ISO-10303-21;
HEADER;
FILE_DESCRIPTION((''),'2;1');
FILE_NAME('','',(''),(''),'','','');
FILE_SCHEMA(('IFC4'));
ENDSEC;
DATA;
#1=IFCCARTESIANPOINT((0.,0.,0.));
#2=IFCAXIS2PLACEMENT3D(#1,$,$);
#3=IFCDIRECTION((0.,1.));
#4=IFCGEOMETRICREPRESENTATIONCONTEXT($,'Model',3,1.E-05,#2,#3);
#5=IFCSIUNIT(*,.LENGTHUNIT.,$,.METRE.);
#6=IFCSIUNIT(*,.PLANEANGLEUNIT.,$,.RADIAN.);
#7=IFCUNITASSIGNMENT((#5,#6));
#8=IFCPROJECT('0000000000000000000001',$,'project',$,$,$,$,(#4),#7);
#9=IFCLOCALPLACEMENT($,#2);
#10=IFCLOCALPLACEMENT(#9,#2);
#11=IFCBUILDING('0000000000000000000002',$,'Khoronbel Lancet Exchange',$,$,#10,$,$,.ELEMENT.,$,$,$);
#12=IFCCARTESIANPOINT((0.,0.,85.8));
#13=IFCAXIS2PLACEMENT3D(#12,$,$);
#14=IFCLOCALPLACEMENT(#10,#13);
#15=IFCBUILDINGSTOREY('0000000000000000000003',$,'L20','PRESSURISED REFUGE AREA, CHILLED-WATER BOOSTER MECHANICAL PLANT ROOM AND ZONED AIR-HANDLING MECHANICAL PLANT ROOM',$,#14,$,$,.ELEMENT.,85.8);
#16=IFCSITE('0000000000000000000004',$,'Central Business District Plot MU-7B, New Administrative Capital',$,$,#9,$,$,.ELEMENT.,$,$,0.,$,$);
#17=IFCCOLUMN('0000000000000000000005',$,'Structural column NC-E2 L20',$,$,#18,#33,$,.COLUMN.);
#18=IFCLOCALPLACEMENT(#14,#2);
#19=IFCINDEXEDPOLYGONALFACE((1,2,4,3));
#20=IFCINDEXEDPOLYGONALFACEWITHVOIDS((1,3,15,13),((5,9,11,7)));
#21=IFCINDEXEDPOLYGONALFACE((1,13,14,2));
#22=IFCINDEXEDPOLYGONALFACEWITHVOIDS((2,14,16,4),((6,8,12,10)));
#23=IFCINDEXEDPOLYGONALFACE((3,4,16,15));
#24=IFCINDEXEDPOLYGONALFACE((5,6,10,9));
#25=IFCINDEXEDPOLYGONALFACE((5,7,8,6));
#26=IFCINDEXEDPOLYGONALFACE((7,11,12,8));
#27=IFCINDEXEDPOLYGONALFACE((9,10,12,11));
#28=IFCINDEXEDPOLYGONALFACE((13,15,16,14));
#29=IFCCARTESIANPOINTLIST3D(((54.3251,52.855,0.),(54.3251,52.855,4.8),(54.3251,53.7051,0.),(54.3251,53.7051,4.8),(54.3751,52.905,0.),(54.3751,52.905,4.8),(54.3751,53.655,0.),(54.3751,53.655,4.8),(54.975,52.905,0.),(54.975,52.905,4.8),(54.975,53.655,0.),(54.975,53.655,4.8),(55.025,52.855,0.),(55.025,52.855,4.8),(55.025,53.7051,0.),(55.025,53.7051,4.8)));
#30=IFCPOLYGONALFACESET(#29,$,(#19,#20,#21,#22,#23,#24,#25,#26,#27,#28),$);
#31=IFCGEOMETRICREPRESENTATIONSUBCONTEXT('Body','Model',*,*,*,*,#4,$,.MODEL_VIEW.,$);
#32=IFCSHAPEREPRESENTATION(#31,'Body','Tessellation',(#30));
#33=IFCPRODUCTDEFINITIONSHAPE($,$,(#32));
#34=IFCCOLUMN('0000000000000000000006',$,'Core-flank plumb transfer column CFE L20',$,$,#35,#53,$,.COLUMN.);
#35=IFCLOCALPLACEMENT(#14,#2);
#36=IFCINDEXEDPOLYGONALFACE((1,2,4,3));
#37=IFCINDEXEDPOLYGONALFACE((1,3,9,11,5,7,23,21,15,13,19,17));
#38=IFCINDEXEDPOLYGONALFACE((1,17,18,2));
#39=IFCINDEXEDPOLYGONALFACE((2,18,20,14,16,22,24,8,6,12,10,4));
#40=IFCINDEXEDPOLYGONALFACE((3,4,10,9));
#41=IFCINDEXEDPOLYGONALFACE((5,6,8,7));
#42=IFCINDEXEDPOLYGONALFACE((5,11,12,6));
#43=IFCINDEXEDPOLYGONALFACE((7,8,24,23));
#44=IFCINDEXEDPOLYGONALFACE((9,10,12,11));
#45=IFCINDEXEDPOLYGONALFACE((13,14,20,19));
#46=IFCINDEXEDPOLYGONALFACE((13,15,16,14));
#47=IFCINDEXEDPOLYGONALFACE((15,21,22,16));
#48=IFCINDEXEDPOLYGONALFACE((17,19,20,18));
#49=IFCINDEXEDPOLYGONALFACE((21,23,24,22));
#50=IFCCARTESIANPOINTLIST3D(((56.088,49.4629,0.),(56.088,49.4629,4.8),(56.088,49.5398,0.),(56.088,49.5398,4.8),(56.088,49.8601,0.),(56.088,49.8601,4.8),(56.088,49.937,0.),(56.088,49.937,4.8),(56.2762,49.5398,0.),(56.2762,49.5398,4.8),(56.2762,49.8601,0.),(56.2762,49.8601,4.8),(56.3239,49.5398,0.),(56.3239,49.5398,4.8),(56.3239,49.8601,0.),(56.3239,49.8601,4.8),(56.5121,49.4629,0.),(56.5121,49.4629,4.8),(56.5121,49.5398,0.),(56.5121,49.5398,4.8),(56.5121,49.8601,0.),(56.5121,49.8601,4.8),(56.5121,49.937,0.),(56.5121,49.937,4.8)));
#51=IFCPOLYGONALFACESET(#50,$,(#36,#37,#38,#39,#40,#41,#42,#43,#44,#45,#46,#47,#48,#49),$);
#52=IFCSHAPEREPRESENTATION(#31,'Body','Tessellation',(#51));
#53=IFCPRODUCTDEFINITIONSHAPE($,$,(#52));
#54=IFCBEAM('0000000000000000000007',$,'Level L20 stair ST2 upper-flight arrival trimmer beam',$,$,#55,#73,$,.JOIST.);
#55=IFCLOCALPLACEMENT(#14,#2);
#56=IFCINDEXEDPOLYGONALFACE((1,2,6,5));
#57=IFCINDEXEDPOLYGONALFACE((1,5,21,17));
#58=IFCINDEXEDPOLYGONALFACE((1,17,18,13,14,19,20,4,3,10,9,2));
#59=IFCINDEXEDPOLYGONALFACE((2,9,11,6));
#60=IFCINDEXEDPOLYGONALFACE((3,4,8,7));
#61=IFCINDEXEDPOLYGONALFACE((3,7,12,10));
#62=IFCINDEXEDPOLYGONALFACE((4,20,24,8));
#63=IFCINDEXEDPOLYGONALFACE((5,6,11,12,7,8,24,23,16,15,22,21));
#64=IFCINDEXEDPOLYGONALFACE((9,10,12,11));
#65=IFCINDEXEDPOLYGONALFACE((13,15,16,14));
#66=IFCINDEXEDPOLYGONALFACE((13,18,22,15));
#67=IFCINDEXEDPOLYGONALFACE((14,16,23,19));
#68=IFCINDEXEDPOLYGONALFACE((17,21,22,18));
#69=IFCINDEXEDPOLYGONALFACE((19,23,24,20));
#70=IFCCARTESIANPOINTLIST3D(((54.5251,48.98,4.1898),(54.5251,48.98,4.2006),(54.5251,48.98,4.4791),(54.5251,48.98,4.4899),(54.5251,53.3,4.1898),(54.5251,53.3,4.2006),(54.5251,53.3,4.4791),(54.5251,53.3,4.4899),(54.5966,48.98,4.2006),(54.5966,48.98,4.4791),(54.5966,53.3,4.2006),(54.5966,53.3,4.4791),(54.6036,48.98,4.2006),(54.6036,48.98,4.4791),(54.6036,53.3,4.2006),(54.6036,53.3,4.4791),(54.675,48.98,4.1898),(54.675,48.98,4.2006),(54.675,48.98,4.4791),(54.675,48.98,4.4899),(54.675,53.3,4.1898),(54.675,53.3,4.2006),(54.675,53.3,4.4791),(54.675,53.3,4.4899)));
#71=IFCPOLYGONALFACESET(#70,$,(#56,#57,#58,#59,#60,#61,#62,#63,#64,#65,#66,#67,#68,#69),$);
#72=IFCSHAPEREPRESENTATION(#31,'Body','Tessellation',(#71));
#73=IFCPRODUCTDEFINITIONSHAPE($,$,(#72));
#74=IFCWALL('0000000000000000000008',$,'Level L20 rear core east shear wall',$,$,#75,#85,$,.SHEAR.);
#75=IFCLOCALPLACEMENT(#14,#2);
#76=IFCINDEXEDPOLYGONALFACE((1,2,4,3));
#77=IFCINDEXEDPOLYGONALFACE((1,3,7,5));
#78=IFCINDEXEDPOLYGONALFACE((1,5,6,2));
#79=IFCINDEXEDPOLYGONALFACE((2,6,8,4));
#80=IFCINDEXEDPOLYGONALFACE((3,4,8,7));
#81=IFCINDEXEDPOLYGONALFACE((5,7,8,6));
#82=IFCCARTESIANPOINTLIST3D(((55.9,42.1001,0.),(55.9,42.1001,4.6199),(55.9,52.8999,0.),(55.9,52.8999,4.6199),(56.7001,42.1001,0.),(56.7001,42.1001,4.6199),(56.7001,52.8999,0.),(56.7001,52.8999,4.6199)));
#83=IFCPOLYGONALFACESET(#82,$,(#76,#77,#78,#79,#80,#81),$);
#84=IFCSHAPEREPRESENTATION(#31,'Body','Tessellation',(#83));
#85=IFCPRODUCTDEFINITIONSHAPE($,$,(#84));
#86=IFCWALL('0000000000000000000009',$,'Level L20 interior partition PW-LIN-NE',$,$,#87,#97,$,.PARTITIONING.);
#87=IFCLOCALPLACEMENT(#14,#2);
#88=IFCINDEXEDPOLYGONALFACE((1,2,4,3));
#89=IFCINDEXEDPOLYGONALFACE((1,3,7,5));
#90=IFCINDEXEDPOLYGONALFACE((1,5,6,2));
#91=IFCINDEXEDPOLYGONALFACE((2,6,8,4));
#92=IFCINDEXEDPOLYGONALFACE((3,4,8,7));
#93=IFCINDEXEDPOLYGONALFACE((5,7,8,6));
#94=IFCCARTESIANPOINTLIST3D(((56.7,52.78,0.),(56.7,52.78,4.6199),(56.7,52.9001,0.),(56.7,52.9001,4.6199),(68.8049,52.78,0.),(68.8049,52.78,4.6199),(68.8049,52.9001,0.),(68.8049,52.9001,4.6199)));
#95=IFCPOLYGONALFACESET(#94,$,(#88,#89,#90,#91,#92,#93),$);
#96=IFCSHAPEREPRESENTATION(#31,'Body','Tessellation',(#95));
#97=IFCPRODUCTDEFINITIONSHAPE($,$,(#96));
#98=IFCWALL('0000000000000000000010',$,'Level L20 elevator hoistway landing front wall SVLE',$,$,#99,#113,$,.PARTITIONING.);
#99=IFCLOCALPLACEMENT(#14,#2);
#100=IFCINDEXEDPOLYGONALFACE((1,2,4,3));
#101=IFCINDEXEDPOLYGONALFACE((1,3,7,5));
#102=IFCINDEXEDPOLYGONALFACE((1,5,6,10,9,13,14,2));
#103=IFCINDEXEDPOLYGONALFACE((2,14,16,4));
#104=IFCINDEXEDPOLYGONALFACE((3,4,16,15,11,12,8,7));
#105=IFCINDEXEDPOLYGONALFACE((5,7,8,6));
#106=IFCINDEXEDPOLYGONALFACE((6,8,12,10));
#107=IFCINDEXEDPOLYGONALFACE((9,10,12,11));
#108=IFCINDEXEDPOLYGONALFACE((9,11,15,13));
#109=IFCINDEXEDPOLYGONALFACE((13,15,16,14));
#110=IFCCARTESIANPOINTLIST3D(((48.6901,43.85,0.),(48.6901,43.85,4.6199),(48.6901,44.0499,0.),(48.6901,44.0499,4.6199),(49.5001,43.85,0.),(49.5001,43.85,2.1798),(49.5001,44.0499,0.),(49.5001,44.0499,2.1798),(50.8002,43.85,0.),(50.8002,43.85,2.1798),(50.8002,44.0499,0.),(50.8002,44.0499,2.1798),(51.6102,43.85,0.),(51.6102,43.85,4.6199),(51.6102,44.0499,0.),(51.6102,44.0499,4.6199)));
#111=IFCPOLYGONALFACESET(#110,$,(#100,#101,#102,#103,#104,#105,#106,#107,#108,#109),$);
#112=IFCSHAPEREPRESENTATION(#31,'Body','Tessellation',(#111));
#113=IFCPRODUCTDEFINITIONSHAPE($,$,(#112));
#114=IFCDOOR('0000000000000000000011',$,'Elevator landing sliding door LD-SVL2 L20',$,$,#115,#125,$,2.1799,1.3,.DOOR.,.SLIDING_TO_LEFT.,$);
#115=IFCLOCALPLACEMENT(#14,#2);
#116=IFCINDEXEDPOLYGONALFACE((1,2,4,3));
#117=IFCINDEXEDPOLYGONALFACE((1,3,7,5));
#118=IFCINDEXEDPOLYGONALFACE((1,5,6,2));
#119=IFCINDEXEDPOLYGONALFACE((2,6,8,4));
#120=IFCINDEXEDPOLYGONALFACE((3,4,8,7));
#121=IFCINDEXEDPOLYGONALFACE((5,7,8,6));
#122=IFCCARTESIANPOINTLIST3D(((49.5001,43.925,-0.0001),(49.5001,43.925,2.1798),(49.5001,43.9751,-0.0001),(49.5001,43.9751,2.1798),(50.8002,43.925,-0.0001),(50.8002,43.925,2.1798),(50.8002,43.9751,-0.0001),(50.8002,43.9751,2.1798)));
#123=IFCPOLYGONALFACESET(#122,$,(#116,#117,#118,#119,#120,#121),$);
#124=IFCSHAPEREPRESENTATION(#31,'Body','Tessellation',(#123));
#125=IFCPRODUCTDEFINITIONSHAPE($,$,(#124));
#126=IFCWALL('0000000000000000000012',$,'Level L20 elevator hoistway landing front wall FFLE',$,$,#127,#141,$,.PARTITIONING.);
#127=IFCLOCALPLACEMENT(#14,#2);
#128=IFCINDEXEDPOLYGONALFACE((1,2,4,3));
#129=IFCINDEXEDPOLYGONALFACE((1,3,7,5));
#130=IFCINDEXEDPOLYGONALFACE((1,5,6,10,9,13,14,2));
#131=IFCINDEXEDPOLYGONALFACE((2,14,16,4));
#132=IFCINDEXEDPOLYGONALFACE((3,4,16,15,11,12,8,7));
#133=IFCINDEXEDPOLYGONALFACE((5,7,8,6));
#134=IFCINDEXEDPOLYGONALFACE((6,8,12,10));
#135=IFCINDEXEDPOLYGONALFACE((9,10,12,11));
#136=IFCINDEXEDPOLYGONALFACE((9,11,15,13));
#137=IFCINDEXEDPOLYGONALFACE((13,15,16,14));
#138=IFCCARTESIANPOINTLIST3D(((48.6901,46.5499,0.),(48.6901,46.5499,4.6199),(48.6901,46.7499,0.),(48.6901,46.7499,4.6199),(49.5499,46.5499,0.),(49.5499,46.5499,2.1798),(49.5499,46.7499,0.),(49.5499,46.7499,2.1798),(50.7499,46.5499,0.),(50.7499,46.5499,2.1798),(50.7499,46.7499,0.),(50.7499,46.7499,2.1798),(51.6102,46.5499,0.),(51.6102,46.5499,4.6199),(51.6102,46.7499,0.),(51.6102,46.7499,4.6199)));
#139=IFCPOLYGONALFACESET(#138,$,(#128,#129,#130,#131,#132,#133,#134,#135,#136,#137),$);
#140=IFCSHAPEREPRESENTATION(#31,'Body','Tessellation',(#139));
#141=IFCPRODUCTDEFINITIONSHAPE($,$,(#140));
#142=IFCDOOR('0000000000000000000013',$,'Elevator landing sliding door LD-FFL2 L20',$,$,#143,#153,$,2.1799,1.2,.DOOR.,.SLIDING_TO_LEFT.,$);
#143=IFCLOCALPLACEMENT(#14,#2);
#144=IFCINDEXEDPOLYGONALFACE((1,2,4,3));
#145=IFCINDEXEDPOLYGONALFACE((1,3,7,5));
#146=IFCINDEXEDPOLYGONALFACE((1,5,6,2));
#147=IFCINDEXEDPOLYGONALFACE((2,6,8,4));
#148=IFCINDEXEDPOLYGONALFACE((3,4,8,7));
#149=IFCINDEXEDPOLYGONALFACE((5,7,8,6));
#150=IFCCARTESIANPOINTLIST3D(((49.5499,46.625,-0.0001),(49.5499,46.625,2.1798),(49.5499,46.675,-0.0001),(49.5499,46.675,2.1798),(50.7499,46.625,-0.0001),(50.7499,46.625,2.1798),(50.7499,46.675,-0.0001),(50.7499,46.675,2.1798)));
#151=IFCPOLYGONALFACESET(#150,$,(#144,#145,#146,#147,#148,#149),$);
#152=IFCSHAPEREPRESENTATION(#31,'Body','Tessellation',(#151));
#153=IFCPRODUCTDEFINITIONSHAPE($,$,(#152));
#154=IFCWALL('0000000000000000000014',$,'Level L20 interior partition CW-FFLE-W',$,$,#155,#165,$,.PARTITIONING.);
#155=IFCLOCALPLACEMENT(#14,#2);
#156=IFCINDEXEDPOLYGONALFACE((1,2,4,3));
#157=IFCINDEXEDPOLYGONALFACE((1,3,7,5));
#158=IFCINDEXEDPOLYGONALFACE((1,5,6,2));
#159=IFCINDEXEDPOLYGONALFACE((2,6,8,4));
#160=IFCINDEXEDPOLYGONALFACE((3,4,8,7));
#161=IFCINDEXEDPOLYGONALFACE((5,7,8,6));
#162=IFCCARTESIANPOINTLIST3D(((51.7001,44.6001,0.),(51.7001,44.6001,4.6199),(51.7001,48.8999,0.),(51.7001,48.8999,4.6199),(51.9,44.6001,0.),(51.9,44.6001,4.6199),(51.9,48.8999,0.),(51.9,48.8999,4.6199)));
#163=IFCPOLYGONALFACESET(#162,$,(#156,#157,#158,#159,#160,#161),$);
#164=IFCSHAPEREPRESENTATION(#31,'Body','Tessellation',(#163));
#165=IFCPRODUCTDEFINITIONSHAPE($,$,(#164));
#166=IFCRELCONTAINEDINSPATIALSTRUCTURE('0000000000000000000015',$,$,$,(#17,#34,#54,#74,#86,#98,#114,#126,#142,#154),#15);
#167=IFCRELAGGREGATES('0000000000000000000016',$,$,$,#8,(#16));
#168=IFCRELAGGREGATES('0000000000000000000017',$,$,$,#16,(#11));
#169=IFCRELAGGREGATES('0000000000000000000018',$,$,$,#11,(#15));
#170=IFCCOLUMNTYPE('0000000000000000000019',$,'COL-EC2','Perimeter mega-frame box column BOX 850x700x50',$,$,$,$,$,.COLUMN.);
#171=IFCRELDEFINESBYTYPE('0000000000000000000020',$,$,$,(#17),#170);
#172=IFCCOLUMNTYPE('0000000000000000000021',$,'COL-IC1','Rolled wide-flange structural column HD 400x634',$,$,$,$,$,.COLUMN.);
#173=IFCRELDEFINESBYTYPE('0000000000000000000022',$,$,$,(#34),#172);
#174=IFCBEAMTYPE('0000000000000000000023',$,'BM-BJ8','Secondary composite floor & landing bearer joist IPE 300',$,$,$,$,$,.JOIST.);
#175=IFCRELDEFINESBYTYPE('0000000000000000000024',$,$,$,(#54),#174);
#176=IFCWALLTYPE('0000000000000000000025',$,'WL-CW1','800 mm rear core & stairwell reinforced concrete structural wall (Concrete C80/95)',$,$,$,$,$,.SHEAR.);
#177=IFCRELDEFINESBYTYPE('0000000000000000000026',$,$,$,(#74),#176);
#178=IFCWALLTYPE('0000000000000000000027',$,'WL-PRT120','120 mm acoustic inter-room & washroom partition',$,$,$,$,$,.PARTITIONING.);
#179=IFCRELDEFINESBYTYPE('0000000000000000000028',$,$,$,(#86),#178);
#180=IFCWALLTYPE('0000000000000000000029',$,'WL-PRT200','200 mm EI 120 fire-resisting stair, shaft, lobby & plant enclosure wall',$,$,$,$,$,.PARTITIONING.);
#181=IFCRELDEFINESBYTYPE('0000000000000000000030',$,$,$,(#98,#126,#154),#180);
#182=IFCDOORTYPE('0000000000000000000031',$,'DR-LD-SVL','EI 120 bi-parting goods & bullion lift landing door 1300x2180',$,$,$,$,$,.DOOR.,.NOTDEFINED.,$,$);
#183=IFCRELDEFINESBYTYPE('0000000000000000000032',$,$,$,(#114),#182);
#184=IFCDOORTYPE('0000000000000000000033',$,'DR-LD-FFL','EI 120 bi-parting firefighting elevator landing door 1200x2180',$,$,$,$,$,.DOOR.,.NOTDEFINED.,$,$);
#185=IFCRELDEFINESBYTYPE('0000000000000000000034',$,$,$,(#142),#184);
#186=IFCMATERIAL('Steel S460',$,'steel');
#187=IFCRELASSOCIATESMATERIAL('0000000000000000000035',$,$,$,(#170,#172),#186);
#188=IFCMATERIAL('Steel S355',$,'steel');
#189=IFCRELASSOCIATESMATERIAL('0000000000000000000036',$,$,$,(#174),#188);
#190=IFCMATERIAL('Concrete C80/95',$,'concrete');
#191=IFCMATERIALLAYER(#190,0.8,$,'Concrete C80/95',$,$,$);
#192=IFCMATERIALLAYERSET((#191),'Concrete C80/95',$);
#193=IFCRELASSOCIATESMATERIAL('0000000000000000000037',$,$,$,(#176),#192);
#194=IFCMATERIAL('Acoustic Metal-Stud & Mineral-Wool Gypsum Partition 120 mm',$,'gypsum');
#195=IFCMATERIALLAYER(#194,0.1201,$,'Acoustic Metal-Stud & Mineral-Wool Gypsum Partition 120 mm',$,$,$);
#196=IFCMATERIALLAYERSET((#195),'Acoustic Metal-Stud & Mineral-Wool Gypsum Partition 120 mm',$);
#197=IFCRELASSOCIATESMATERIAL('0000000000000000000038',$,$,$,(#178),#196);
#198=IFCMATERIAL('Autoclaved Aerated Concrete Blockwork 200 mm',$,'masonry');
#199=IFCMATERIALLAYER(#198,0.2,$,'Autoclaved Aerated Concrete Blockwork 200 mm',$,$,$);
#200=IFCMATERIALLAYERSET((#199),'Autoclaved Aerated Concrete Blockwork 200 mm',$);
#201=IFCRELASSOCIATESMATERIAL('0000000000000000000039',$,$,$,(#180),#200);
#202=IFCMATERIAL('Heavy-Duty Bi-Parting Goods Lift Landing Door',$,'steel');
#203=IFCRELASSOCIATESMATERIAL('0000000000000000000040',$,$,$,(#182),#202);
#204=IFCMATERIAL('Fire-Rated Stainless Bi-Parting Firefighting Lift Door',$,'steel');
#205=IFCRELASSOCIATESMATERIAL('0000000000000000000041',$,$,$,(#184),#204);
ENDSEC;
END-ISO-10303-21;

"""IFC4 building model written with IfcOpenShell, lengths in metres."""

from ifc_helpers import new_model, si_unit, direction, frame, frame_2d, origin, origin_2d, place, context, subcontext, project, spatial, rectangle, hollow_rectangle, i_section, extrude, material, layer, layer_set, material_profile, profile_set, type_object, element, fill, save


model = new_model("IFC4")

# Units and contexts
model_context = context("Model", 3, precision=1e-05, world=origin(), true_north=direction((0.0, 1.0)))
body_context = subcontext(model_context, "Body", "Model", "MODEL_VIEW")
ifc_project = project(units=[si_unit("LENGTHUNIT", "METRE"), si_unit("PLANEANGLEUNIT", "RADIAN")], contexts=[model_context])

# Site, building, storey
site_placement = place(None, origin())
site = spatial("IfcSite", under=ifc_project, at=site_placement, Name="Central Business District Plot MU-7B, New Administrative Capital", CompositionType="ELEMENT", RefElevation=0.0)
building_placement = place(site_placement, origin())
building = spatial("IfcBuilding", under=site, at=building_placement, Name="Khoronbel Lancet Exchange", CompositionType="ELEMENT")
storey_placement = place(building_placement, frame((0.0, 0.0, 85.8)))
storey = spatial("IfcBuildingStorey", under=building, at=storey_placement, Name="L20", Description="PRESSURISED REFUGE AREA, CHILLED-WATER BOOSTER MECHANICAL PLANT ROOM AND ZONED AIR-HANDLING MECHANICAL PLANT ROOM", CompositionType="ELEMENT", Elevation=85.8)

# Columns
ifc_material_1 = material(Name="Steel S460", Category="steel")
ifc_material_profile_1 = material_profile(ifc_material_1, hollow_rectangle(XDim=0.7, YDim=0.8501, WallThickness=0.05, at=origin_2d()), Name="BOX 850x700x50")
ifc_profile_set_1 = profile_set([ifc_material_profile_1], Name="Steel S460")
column_type_1 = type_object("IfcColumnType", Name="COL-EC2", Description="Perimeter mega-frame box column BOX 850x700x50", PredefinedType="COLUMN", material=ifc_profile_set_1)
column_1_placement = place(storey_placement, frame((54.675, 53.28, 0.0), z_axis=(0.0, 0.0, 1.0), x_axis=(1.0, 0.0, 0.0)))
element("IfcColumn", 1, at=column_1_placement, inside=storey, type_object=column_type_1, Name="Structural column NC-E2 L20", PredefinedType="COLUMN", context=body_context, shape_type="SweptSolid", body=[
    extrude(hollow_rectangle(XDim=0.7, YDim=0.8501, WallThickness=0.05, at=origin_2d()), origin(), (0.0, 0.0, 1.0), 4.8),
])
ifc_material_profile_2 = material_profile(ifc_material_1, i_section(OverallWidth=0.4241, OverallDepth=0.4741, WebThickness=0.0476, FlangeThickness=0.0769, at=origin_2d()), Name="HD 400x634")
ifc_profile_set_2 = profile_set([ifc_material_profile_2], Name="Steel S460")
column_type_2 = type_object("IfcColumnType", Name="COL-IC1", Description="Rolled wide-flange structural column HD 400x634", PredefinedType="COLUMN", material=ifc_profile_set_2)
column_2_placement = place(storey_placement, frame((56.3, 49.7, 0.0), z_axis=(0.0, 0.0, 1.0), x_axis=(1.0, 0.0, 0.0)))
element("IfcColumn", 2, at=column_2_placement, inside=storey, type_object=column_type_2, Name="Core-flank plumb transfer column CFE L20", PredefinedType="COLUMN", context=body_context, shape_type="SweptSolid", body=[
    extrude(i_section(OverallWidth=0.4241, OverallDepth=0.4741, WebThickness=0.0476, FlangeThickness=0.0769, at=origin_2d()), origin(), (0.0, 0.0, 1.0), 4.8),
])

# Beam
ifc_material_2 = material(Name="Steel S355", Category="steel")
ifc_material_profile_3 = material_profile(ifc_material_2, i_section(OverallWidth=0.1499, OverallDepth=0.3, WebThickness=0.0071, FlangeThickness=0.0107, at=origin_2d()), Name="IPE 300")
ifc_profile_set_3 = profile_set([ifc_material_profile_3], Name="Steel S355")
beam_type = type_object("IfcBeamType", Name="BM-BJ8", Description="Secondary composite floor & landing bearer joist IPE 300", PredefinedType="JOIST", material=ifc_profile_set_3)
beam_placement = place(storey_placement, frame((54.6001, 48.98, 4.3398), z_axis=(0.0, 1.0, 0.0), x_axis=(-1.0, 0.0, 0.0)))
element("IfcBeam", 3, at=beam_placement, inside=storey, type_object=beam_type, Name="Level L20 stair ST2 upper-flight arrival trimmer beam", PredefinedType="JOIST", context=body_context, shape_type="SweptSolid", body=[
    extrude(i_section(OverallWidth=0.1499, OverallDepth=0.3, WebThickness=0.0071, FlangeThickness=0.0107, at=origin_2d()), origin(), (0.0, 0.0, 1.0), 4.3201),
])

# Walls
ifc_material_3 = material(Name="Concrete C80/95", Category="concrete")
ifc_layer_1 = layer(ifc_material_3, 0.8, Name="Concrete C80/95")
ifc_layer_set_1 = layer_set([ifc_layer_1], Name="Concrete C80/95")
wall_type_1 = type_object("IfcWallType", Name="WL-CW1", Description="800 mm rear core & stairwell reinforced concrete structural wall (Concrete C80/95)", PredefinedType="SHEAR", material=ifc_layer_set_1)
wall_1_placement = place(storey_placement, frame((56.3, 52.8999, 0.0), z_axis=(0.0, 0.0, 1.0), x_axis=(0.0, -1.0, 0.0)))
element("IfcWall", 4, at=wall_1_placement, inside=storey, type_object=wall_type_1, Name="Level L20 rear core east shear wall", PredefinedType="SHEAR", context=body_context, shape_type="SweptSolid", body=[
    extrude(rectangle(XDim=10.7998, YDim=0.8, at=frame_2d((5.3999, 0.0))), origin(), (0.0, 0.0, 1.0), 4.6199),
])
ifc_material_4 = material(Name="Acoustic Metal-Stud & Mineral-Wool Gypsum Partition 120 mm", Category="gypsum")
ifc_layer_2 = layer(ifc_material_4, 0.1201, Name="Acoustic Metal-Stud & Mineral-Wool Gypsum Partition 120 mm")
ifc_layer_set_2 = layer_set([ifc_layer_2], Name="Acoustic Metal-Stud & Mineral-Wool Gypsum Partition 120 mm")
wall_type_2 = type_object("IfcWallType", Name="WL-PRT120", Description="120 mm acoustic inter-room & washroom partition", PredefinedType="PARTITIONING", material=ifc_layer_set_2)
wall_2_placement = place(storey_placement, frame((56.7, 52.8401, 0.0), z_axis=(0.0, 0.0, 1.0), x_axis=(1.0, 0.0, 0.0)))
element("IfcWall", 5, at=wall_2_placement, inside=storey, type_object=wall_type_2, Name="Level L20 interior partition PW-LIN-NE", PredefinedType="PARTITIONING", context=body_context, shape_type="SweptSolid", body=[
    extrude(rectangle(XDim=12.105, YDim=0.1201, at=frame_2d((6.0525, 0.0))), origin(), (0.0, 0.0, 1.0), 4.6199),
])

# Walls, openings, doors
ifc_material_5 = material(Name="Autoclaved Aerated Concrete Blockwork 200 mm", Category="masonry")
ifc_layer_3 = layer(ifc_material_5, 0.2, Name="Autoclaved Aerated Concrete Blockwork 200 mm")
ifc_layer_set_3 = layer_set([ifc_layer_3], Name="Autoclaved Aerated Concrete Blockwork 200 mm")
wall_type_3 = type_object("IfcWallType", Name="WL-PRT200", Description="200 mm EI 120 fire-resisting stair, shaft, lobby & plant enclosure wall", PredefinedType="PARTITIONING", material=ifc_layer_set_3)
wall_3_placement = place(storey_placement, frame((51.6101, 43.95, 0.0), z_axis=(0.0, 0.0, 1.0), x_axis=(-1.0, 0.0, 0.0)))
wall_3 = element("IfcWall", 6, at=wall_3_placement, inside=storey, type_object=wall_type_3, Name="Level L20 elevator hoistway landing front wall SVLE", PredefinedType="PARTITIONING", context=body_context, shape_type="SweptSolid", body=[
    extrude(rectangle(XDim=2.9202, YDim=0.2, at=frame_2d((1.46, 0.0))), origin(), (0.0, 0.0, 1.0), 4.6199),
])
opening_1_placement = place(wall_3_placement, frame((0.8101, 0.0, 0.0)))
opening_1 = element("IfcOpeningElement", 7, at=opening_1_placement, cuts=wall_3, PredefinedType="OPENING", context=body_context, shape_type="SweptSolid", body=[
    extrude(rectangle(XDim=1.3, YDim=2.1799, at=frame_2d((0.6499, 1.0898))), frame((0.0, 0.1099, 0.0), z_axis=(0.0, -1.0, 0.0), x_axis=(1.0, 0.0, 0.0)), (0.0, 0.0, 1.0), 0.22),
])
ifc_material_6 = material(Name="Heavy-Duty Bi-Parting Goods Lift Landing Door", Category="steel")
door_type_1 = type_object("IfcDoorType", Name="DR-LD-SVL", Description="EI 120 bi-parting goods & bullion lift landing door 1300x2180", OperationType="NOTDEFINED", PredefinedType="DOOR", material=ifc_material_6)
door_1_placement = place(opening_1_placement, origin())
door_1 = element("IfcDoor", 8, at=door_1_placement, inside=storey, type_object=door_type_1, Name="Elevator landing sliding door LD-SVL2 L20", OperationType="SLIDING_TO_LEFT", OverallHeight=2.1799, OverallWidth=1.3, PredefinedType="DOOR", context=body_context, shape_type="SweptSolid", body=[
    extrude(rectangle(XDim=1.3, YDim=2.1799, at=frame_2d((0.6499, 1.0898))), frame((0.0, 0.0249, 0.0), z_axis=(0.0, -1.0, 0.0), x_axis=(1.0, 0.0, 0.0)), (0.0, 0.0, 1.0), 0.05),
])
fill(opening_1, door_1)
wall_4_placement = place(storey_placement, frame((51.6101, 46.6499, 0.0), z_axis=(0.0, 0.0, 1.0), x_axis=(-1.0, 0.0, 0.0)))
wall_4 = element("IfcWall", 9, at=wall_4_placement, inside=storey, type_object=wall_type_3, Name="Level L20 elevator hoistway landing front wall FFLE", PredefinedType="PARTITIONING", context=body_context, shape_type="SweptSolid", body=[
    extrude(rectangle(XDim=2.9202, YDim=0.2, at=frame_2d((1.46, 0.0))), origin(), (0.0, 0.0, 1.0), 4.6199),
])
opening_2_placement = place(wall_4_placement, frame((0.8601, 0.0, 0.0)))
opening_2 = element("IfcOpeningElement", 10, at=opening_2_placement, cuts=wall_4, PredefinedType="OPENING", context=body_context, shape_type="SweptSolid", body=[
    extrude(rectangle(XDim=1.2, YDim=2.1799, at=frame_2d((0.6001, 1.0898))), frame((0.0, 0.1099, 0.0), z_axis=(0.0, -1.0, 0.0), x_axis=(1.0, 0.0, 0.0)), (0.0, 0.0, 1.0), 0.22),
])
ifc_material_7 = material(Name="Fire-Rated Stainless Bi-Parting Firefighting Lift Door", Category="steel")
door_type_2 = type_object("IfcDoorType", Name="DR-LD-FFL", Description="EI 120 bi-parting firefighting elevator landing door 1200x2180", OperationType="NOTDEFINED", PredefinedType="DOOR", material=ifc_material_7)
door_2_placement = place(opening_2_placement, origin())
door_2 = element("IfcDoor", 11, at=door_2_placement, inside=storey, type_object=door_type_2, Name="Elevator landing sliding door LD-FFL2 L20", OperationType="SLIDING_TO_LEFT", OverallHeight=2.1799, OverallWidth=1.2, PredefinedType="DOOR", context=body_context, shape_type="SweptSolid", body=[
    extrude(rectangle(XDim=1.2, YDim=2.1799, at=frame_2d((0.6001, 1.0898))), frame((0.0, 0.0249, 0.0), z_axis=(0.0, -1.0, 0.0), x_axis=(1.0, 0.0, 0.0)), (0.0, 0.0, 1.0), 0.05),
])
fill(opening_2, door_2)

# Wall
wall_5_placement = place(storey_placement, frame((51.8, 44.6001, 0.0), z_axis=(0.0, 0.0, 1.0), x_axis=(0.0, 1.0, 0.0)))
element("IfcWall", 12, at=wall_5_placement, inside=storey, type_object=wall_type_3, Name="Level L20 interior partition CW-FFLE-W", PredefinedType="PARTITIONING", context=body_context, shape_type="SweptSolid", body=[
    extrude(rectangle(XDim=4.2998, YDim=0.2, at=frame_2d((2.1499, 0.0))), origin(), (0.0, 0.0, 1.0), 4.6199),
])

save(model, "model.ifc")
